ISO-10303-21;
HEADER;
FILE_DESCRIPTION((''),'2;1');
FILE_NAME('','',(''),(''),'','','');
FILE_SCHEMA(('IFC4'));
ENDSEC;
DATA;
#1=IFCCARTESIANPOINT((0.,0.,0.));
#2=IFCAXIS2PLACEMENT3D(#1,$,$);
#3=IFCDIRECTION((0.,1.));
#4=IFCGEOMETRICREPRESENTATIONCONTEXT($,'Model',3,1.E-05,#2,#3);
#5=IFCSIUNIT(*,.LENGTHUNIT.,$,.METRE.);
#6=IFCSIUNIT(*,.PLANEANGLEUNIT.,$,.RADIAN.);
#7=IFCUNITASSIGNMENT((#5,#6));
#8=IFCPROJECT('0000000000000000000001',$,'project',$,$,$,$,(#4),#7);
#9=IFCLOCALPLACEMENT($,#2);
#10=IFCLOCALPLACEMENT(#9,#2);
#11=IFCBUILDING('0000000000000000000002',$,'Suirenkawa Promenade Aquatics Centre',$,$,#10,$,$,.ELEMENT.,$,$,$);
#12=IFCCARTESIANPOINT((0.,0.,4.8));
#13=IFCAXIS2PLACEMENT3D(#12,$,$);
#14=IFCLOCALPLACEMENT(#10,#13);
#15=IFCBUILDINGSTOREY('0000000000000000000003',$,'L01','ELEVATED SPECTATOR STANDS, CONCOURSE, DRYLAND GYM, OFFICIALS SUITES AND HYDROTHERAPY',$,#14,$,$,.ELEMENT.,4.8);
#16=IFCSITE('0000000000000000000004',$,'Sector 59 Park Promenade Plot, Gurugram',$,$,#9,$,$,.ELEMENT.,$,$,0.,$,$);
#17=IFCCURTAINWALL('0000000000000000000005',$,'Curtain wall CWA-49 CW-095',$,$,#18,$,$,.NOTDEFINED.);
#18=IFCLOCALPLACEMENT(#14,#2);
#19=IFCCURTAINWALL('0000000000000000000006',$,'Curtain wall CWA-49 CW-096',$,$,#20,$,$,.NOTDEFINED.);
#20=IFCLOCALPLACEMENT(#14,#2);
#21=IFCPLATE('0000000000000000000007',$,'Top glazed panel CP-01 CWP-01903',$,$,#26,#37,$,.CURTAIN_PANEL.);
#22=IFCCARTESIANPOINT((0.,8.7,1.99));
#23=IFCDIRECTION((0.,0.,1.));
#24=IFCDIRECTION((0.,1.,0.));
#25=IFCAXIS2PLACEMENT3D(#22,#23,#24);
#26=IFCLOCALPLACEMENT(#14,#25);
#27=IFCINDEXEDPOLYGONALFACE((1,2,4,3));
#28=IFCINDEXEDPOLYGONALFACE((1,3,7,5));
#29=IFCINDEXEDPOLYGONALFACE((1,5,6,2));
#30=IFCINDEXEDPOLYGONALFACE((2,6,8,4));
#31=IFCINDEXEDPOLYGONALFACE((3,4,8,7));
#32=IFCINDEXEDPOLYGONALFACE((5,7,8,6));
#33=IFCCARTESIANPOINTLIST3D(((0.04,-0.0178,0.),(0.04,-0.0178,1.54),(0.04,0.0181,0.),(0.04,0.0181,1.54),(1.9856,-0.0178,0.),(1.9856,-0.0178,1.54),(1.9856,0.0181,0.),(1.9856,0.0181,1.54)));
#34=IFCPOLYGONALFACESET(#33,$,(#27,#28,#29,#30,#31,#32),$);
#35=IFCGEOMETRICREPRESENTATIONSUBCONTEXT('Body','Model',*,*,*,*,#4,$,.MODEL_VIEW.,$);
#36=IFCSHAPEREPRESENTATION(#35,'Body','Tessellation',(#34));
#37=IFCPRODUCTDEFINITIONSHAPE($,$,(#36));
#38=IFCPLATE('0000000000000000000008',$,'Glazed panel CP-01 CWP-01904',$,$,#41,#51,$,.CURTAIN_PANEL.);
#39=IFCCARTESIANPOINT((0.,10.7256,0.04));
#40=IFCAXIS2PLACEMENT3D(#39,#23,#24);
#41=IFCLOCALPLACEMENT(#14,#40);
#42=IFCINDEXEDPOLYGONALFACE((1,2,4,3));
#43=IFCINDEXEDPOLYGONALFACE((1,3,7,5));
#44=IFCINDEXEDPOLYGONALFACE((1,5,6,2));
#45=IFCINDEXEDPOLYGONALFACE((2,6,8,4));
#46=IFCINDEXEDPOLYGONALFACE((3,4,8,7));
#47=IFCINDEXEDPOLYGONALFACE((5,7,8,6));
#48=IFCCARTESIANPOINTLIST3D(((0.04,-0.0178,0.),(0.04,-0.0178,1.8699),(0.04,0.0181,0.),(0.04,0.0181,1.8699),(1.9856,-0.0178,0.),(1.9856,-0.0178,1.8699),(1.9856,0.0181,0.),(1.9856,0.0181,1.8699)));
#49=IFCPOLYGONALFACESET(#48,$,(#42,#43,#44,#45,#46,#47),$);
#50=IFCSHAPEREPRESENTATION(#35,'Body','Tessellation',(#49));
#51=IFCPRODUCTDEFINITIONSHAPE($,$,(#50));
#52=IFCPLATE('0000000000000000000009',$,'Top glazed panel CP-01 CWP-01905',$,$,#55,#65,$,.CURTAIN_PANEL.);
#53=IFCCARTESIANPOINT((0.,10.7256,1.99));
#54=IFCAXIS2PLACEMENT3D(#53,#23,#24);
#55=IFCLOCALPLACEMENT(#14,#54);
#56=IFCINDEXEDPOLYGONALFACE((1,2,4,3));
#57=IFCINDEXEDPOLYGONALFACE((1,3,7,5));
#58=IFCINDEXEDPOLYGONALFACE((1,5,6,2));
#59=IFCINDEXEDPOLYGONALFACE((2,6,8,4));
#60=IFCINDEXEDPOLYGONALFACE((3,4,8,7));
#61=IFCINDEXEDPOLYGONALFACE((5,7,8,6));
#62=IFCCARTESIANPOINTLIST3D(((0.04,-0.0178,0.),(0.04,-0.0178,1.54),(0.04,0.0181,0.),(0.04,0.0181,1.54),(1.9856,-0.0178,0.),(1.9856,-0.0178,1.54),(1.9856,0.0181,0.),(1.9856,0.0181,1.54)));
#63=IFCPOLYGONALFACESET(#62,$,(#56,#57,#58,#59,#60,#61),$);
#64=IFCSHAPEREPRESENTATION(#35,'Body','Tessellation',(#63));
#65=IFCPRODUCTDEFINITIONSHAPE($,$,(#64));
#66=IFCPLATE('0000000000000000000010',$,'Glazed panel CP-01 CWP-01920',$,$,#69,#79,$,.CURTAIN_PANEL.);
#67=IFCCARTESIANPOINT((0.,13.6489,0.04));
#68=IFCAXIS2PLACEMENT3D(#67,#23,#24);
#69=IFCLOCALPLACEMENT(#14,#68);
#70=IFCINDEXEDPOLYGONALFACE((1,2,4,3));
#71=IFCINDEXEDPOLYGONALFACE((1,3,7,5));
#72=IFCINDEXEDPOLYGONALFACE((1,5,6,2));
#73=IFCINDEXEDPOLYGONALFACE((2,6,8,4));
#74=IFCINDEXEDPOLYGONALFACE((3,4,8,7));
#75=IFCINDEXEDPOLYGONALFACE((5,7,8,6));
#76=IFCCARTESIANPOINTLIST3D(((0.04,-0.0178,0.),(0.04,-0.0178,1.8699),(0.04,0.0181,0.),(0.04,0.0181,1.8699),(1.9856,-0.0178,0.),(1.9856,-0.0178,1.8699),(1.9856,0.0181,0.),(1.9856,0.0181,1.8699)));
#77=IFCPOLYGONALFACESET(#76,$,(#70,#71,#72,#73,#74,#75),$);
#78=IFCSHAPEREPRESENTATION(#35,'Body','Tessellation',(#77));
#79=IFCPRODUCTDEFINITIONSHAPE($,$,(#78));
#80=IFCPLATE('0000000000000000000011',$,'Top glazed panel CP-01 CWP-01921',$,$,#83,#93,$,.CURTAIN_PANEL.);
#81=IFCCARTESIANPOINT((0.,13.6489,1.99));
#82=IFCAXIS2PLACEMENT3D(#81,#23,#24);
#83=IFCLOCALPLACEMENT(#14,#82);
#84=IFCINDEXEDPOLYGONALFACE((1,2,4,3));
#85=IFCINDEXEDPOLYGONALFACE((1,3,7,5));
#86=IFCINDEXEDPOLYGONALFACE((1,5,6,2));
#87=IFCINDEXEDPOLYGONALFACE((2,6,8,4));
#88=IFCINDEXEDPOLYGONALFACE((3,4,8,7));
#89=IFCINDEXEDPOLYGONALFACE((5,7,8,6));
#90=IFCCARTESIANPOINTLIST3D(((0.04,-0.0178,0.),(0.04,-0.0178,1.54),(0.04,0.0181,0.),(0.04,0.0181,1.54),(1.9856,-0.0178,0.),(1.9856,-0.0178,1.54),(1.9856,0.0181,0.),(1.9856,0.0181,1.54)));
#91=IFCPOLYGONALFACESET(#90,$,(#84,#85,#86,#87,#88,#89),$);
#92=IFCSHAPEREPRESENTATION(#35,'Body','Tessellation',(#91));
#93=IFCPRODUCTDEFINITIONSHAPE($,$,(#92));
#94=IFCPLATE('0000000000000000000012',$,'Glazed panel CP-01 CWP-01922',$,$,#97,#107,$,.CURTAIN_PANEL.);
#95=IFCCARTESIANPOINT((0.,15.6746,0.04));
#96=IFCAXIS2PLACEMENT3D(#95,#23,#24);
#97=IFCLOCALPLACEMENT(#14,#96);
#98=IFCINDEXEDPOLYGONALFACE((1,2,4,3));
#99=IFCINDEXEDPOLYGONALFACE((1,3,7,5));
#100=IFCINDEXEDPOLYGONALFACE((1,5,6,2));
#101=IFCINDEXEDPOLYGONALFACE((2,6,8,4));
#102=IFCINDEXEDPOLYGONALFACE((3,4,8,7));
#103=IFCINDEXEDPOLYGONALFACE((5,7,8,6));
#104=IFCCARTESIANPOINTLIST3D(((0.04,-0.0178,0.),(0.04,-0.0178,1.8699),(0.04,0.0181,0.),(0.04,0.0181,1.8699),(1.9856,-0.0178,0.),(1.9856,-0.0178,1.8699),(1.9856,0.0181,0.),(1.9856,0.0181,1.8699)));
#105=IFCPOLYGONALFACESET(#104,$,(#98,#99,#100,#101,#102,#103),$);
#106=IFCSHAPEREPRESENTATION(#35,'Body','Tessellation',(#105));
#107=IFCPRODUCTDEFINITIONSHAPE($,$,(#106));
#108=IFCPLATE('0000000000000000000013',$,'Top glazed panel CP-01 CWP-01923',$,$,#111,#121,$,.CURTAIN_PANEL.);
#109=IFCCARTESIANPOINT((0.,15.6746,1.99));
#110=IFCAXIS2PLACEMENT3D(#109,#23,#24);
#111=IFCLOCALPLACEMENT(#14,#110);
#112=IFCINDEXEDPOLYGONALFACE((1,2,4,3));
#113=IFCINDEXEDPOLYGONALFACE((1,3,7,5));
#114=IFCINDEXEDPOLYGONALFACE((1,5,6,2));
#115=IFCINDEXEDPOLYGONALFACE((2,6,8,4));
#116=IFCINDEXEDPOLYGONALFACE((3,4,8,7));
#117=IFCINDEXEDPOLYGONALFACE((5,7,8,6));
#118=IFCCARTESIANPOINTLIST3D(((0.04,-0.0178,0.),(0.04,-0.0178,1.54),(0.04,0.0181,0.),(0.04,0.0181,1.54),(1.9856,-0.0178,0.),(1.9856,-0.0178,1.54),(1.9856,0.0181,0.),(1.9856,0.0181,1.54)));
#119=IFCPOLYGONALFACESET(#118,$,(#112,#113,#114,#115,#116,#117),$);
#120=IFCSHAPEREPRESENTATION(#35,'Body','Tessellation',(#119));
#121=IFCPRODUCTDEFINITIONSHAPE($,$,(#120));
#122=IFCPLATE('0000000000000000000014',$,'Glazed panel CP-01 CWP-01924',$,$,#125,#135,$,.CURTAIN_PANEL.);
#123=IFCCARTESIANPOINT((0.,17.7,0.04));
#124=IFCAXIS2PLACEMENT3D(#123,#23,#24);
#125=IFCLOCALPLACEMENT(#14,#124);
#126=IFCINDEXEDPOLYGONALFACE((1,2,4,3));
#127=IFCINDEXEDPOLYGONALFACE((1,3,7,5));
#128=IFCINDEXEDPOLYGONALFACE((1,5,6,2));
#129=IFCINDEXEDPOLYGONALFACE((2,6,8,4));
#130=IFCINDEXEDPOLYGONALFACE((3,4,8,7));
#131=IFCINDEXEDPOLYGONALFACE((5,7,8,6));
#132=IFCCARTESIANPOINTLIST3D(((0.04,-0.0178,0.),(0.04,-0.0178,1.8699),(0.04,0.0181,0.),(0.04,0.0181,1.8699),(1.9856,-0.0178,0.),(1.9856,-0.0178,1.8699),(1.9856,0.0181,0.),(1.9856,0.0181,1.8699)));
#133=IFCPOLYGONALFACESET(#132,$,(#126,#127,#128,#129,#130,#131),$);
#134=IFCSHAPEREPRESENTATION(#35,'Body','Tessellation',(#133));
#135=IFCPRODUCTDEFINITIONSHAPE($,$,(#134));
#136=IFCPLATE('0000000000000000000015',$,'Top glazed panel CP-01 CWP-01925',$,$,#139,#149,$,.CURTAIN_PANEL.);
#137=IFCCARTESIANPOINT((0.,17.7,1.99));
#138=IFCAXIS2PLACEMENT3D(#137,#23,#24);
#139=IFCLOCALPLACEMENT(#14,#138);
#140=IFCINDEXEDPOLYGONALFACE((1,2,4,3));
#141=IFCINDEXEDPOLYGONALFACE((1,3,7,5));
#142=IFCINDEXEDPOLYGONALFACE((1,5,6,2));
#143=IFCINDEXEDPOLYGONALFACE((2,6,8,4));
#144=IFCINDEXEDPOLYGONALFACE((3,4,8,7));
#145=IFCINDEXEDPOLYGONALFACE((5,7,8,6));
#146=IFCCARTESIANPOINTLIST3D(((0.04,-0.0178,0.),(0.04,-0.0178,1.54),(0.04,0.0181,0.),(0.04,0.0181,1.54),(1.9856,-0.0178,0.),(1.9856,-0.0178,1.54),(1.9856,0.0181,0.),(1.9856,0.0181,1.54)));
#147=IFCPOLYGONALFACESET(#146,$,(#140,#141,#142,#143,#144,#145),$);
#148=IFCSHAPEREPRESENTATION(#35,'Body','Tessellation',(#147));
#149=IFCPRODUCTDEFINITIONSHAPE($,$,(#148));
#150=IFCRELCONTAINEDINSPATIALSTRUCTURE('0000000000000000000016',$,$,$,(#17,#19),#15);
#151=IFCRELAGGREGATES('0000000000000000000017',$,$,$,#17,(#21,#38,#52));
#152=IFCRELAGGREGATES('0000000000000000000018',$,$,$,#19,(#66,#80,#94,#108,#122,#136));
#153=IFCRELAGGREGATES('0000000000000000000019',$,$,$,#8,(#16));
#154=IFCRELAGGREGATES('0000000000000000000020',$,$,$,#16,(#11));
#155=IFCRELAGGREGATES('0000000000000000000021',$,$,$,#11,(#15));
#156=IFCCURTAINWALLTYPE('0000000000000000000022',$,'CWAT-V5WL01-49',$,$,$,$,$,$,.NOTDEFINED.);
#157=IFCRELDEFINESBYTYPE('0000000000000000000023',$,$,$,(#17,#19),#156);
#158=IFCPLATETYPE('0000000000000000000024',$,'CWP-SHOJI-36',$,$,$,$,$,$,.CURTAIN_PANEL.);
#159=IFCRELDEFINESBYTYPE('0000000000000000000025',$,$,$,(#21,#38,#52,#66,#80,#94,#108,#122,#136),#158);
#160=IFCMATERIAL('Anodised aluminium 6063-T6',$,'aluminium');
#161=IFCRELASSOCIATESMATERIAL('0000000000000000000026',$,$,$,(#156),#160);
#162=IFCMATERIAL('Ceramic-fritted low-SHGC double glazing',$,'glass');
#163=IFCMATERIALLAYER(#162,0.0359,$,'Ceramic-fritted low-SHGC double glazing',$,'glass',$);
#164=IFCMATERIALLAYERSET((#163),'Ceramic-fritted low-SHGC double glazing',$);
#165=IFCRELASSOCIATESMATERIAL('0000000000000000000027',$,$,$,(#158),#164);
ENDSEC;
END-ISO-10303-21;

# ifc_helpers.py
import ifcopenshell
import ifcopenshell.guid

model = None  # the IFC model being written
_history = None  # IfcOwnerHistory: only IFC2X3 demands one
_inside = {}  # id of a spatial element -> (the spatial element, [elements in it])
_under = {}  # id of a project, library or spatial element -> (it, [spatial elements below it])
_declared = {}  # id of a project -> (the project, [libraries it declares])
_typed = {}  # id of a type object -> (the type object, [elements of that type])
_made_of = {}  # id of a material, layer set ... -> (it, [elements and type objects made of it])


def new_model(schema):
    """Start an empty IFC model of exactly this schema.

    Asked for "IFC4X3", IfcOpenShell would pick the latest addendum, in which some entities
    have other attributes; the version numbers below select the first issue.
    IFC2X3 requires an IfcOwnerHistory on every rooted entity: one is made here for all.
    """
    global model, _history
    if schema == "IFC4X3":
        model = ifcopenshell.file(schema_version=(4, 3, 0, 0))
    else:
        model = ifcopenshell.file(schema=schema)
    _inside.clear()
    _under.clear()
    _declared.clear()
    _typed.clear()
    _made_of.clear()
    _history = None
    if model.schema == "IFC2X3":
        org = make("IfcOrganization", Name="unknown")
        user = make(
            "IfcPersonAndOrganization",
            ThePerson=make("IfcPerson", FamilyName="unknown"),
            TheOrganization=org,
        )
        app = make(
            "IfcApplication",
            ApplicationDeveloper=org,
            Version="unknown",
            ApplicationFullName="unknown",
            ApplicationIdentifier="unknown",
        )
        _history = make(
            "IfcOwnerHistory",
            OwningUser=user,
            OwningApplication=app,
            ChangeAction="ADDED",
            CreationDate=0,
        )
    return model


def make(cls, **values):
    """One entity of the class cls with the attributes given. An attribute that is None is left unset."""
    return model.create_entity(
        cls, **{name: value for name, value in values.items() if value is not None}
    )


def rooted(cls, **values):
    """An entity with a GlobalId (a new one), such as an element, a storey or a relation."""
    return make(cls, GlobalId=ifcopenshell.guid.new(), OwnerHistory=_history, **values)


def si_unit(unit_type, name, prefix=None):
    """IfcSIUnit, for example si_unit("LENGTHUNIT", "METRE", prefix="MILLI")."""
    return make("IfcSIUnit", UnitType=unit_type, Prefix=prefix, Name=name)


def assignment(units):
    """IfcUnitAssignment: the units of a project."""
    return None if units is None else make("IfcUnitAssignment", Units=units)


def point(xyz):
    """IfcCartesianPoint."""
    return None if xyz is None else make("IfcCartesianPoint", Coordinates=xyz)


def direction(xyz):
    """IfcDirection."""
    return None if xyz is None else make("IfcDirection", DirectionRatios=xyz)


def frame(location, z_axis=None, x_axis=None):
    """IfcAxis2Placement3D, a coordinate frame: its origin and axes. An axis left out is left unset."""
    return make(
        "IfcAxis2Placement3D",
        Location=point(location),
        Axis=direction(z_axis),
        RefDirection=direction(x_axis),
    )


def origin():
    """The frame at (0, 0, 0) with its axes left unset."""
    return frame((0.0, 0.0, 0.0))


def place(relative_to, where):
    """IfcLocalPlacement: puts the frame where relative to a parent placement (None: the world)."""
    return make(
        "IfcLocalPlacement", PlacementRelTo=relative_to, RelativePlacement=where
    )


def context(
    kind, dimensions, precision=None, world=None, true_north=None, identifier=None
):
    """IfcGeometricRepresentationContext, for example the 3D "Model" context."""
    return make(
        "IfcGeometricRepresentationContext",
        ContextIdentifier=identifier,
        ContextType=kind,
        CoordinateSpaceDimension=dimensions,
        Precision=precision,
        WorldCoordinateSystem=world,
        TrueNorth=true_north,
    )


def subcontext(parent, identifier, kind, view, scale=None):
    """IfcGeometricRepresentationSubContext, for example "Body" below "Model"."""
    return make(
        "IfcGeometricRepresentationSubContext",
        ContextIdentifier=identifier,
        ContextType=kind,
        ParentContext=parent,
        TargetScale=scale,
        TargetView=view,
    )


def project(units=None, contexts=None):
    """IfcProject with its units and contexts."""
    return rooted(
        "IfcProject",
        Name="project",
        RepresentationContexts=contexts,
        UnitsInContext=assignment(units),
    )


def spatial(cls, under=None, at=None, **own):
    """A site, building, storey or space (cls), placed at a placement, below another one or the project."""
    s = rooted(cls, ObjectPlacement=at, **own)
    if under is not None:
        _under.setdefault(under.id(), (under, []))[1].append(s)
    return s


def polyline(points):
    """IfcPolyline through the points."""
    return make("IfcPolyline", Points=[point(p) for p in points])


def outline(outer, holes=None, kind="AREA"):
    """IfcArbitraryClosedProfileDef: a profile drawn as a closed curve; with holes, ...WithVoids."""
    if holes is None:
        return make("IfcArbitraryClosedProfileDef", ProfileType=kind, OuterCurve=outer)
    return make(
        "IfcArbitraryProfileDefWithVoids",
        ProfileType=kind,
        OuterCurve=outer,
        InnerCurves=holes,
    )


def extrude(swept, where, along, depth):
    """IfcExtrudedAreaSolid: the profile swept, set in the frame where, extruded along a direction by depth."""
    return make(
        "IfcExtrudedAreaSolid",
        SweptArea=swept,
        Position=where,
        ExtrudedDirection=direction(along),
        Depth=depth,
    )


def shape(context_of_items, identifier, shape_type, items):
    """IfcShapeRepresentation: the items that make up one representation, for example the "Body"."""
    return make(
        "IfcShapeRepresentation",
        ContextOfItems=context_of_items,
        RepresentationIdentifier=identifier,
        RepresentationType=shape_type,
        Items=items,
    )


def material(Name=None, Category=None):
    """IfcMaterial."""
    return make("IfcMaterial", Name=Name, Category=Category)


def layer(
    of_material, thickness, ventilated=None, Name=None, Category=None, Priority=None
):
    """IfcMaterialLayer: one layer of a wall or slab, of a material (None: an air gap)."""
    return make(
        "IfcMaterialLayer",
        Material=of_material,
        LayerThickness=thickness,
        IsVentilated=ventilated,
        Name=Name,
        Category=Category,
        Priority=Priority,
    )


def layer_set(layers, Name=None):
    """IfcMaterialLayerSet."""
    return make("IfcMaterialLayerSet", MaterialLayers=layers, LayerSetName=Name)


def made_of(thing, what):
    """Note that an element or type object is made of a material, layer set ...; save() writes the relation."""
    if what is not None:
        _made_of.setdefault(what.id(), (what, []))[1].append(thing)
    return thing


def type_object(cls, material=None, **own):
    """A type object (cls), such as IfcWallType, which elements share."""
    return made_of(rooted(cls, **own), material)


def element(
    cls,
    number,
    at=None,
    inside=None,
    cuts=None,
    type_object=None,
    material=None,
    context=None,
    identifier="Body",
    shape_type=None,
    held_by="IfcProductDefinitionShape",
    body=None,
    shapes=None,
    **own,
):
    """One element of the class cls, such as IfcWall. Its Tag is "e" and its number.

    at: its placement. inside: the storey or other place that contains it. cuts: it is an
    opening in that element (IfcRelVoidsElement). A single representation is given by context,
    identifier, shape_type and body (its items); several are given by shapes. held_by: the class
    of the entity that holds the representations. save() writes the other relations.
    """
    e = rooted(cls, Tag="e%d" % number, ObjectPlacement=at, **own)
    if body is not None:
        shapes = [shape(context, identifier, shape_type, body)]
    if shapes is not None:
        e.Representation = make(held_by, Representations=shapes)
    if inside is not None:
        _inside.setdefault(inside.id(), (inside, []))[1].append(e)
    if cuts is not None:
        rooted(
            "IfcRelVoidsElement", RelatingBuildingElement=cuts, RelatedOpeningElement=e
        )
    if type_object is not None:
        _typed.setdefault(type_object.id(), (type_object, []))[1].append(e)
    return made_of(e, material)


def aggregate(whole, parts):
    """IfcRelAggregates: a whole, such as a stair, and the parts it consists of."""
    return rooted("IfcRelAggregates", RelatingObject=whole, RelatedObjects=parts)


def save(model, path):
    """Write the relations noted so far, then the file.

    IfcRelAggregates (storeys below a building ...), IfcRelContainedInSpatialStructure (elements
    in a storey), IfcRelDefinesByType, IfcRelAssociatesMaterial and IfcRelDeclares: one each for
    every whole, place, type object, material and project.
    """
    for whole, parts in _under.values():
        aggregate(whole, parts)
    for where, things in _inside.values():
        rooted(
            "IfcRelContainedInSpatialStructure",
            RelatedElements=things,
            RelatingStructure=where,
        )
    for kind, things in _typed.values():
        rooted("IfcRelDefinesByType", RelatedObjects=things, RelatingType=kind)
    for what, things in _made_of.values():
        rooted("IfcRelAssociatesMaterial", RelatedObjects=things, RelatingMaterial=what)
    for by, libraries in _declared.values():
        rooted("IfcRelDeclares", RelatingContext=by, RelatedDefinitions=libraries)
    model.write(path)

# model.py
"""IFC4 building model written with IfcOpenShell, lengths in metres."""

from ifc_helpers import new_model, si_unit, direction, frame, origin, place, context, subcontext, project, spatial, polyline, outline, extrude, material, layer, layer_set, type_object, element, aggregate, save


model = new_model("IFC4")

# Units and contexts
model_context = context("Model", 3, precision=1e-05, world=origin(), true_north=direction((0.0, 1.0)))
body_context = subcontext(model_context, "Body", "Model", "MODEL_VIEW")
ifc_project = project(units=[si_unit("LENGTHUNIT", "METRE"), si_unit("PLANEANGLEUNIT", "RADIAN")], contexts=[model_context])

# Site, building, storey
site_placement = place(None, origin())
site = spatial("IfcSite", under=ifc_project, at=site_placement, Name="Sector 59 Park Promenade Plot, Gurugram", CompositionType="ELEMENT", RefElevation=0.0)
building_placement = place(site_placement, origin())
building = spatial("IfcBuilding", under=site, at=building_placement, Name="Suirenkawa Promenade Aquatics Centre", CompositionType="ELEMENT")
storey_placement = place(building_placement, frame((0.0, 0.0, 4.8)))
storey = spatial("IfcBuildingStorey", under=building, at=storey_placement, Name="L01", Description="ELEVATED SPECTATOR STANDS, CONCOURSE, DRYLAND GYM, OFFICIALS SUITES AND HYDROTHERAPY", CompositionType="ELEMENT", Elevation=4.8)

# Curtain walls
ifc_material_1 = material(Name="Anodised aluminium 6063-T6", Category="aluminium")
curtain_wall_type = type_object("IfcCurtainWallType", Name="CWAT-V5WL01-49", PredefinedType="NOTDEFINED", material=ifc_material_1)
curtain_wall_1_placement = place(storey_placement, origin())
curtain_wall_1 = element("IfcCurtainWall", 1, at=curtain_wall_1_placement, inside=storey, type_object=curtain_wall_type, Name="Curtain wall CWA-49 CW-095", PredefinedType="NOTDEFINED")
curtain_wall_2_placement = place(storey_placement, origin())
curtain_wall_2 = element("IfcCurtainWall", 2, at=curtain_wall_2_placement, inside=storey, type_object=curtain_wall_type, Name="Curtain wall CWA-49 CW-096", PredefinedType="NOTDEFINED")

# Plates
ifc_material_2 = material(Name="Ceramic-fritted low-SHGC double glazing", Category="glass")
ifc_layer_1 = layer(ifc_material_2, 0.0359, Name="Ceramic-fritted low-SHGC double glazing", Category="glass")
ifc_layer_set_1 = layer_set([ifc_layer_1], Name="Ceramic-fritted low-SHGC double glazing")
plate_type = type_object("IfcPlateType", Name="CWP-SHOJI-36", PredefinedType="CURTAIN_PANEL", material=ifc_layer_set_1)
plate_1_placement = place(storey_placement, frame((0.0, 8.7, 1.99), z_axis=(0.0, 0.0, 1.0), x_axis=(0.0, 1.0, 0.0)))
plate_1 = element("IfcPlate", 3, at=plate_1_placement, type_object=plate_type, Name="Top glazed panel CP-01 CWP-01903", PredefinedType="CURTAIN_PANEL", context=body_context, shape_type="SweptSolid", body=[
    extrude(outline(polyline([(0.04, 0.0), (1.9856, 0.0), (1.9856, 1.54), (0.04, 1.54), (0.04, 0.0)])), frame((0.0, 0.0181, 0.0), z_axis=(0.0, -1.0, 0.0), x_axis=(1.0, 0.0, 0.0)), (0.0, 0.0, 1.0), 0.0359),
])
plate_2_placement = place(storey_placement, frame((0.0, 10.7256, 0.04), z_axis=(0.0, 0.0, 1.0), x_axis=(0.0, 1.0, 0.0)))
plate_2 = element("IfcPlate", 4, at=plate_2_placement, type_object=plate_type, Name="Glazed panel CP-01 CWP-01904", PredefinedType="CURTAIN_PANEL", context=body_context, shape_type="SweptSolid", body=[
    extrude(outline(polyline([(0.04, 0.0), (1.9856, 0.0), (1.9856, 1.8699), (0.04, 1.8699), (0.04, 0.0)])), frame((0.0, 0.0181, 0.0), z_axis=(0.0, -1.0, 0.0), x_axis=(1.0, 0.0, 0.0)), (0.0, 0.0, 1.0), 0.0359),
])
plate_3_placement = place(storey_placement, frame((0.0, 10.7256, 1.99), z_axis=(0.0, 0.0, 1.0), x_axis=(0.0, 1.0, 0.0)))
plate_3 = element("IfcPlate", 5, at=plate_3_placement, type_object=plate_type, Name="Top glazed panel CP-01 CWP-01905", PredefinedType="CURTAIN_PANEL", context=body_context, shape_type="SweptSolid", body=[
    extrude(outline(polyline([(0.04, 0.0), (1.9856, 0.0), (1.9856, 1.54), (0.04, 1.54), (0.04, 0.0)])), frame((0.0, 0.0181, 0.0), z_axis=(0.0, -1.0, 0.0), x_axis=(1.0, 0.0, 0.0)), (0.0, 0.0, 1.0), 0.0359),
])
aggregate(curtain_wall_1, [plate_1, plate_2, plate_3])
plate_4_placement = place(storey_placement, frame((0.0, 13.6489, 0.04), z_axis=(0.0, 0.0, 1.0), x_axis=(0.0, 1.0, 0.0)))
plate_4 = element("IfcPlate", 6, at=plate_4_placement, type_object=plate_type, Name="Glazed panel CP-01 CWP-01920", PredefinedType="CURTAIN_PANEL", context=body_context, shape_type="SweptSolid", body=[
    extrude(outline(polyline([(0.04, 0.0), (1.9856, 0.0), (1.9856, 1.8699), (0.04, 1.8699), (0.04, 0.0)])), frame((0.0, 0.0181, 0.0), z_axis=(0.0, -1.0, 0.0), x_axis=(1.0, 0.0, 0.0)), (0.0, 0.0, 1.0), 0.0359),
])
plate_5_placement = place(storey_placement, frame((0.0, 13.6489, 1.99), z_axis=(0.0, 0.0, 1.0), x_axis=(0.0, 1.0, 0.0)))
plate_5 = element("IfcPlate", 7, at=plate_5_placement, type_object=plate_type, Name="Top glazed panel CP-01 CWP-01921", PredefinedType="CURTAIN_PANEL", context=body_context, shape_type="SweptSolid", body=[
    extrude(outline(polyline([(0.04, 0.0), (1.9856, 0.0), (1.9856, 1.54), (0.04, 1.54), (0.04, 0.0)])), frame((0.0, 0.0181, 0.0), z_axis=(0.0, -1.0, 0.0), x_axis=(1.0, 0.0, 0.0)), (0.0, 0.0, 1.0), 0.0359),
])
plate_6_placement = place(storey_placement, frame((0.0, 15.6746, 0.04), z_axis=(0.0, 0.0, 1.0), x_axis=(0.0, 1.0, 0.0)))
plate_6 = element("IfcPlate", 8, at=plate_6_placement, type_object=plate_type, Name="Glazed panel CP-01 CWP-01922", PredefinedType="CURTAIN_PANEL", context=body_context, shape_type="SweptSolid", body=[
    extrude(outline(polyline([(0.04, 0.0), (1.9856, 0.0), (1.9856, 1.8699), (0.04, 1.8699), (0.04, 0.0)])), frame((0.0, 0.0181, 0.0), z_axis=(0.0, -1.0, 0.0), x_axis=(1.0, 0.0, 0.0)), (0.0, 0.0, 1.0), 0.0359),
])
plate_7_placement = place(storey_placement, frame((0.0, 15.6746, 1.99), z_axis=(0.0, 0.0, 1.0), x_axis=(0.0, 1.0, 0.0)))
plate_7 = element("IfcPlate", 9, at=plate_7_placement, type_object=plate_type, Name="Top glazed panel CP-01 CWP-01923", PredefinedType="CURTAIN_PANEL", context=body_context, shape_type="SweptSolid", body=[
    extrude(outline(polyline([(0.04, 0.0), (1.9856, 0.0), (1.9856, 1.54), (0.04, 1.54), (0.04, 0.0)])), frame((0.0, 0.0181, 0.0), z_axis=(0.0, -1.0, 0.0), x_axis=(1.0, 0.0, 0.0)), (0.0, 0.0, 1.0), 0.0359),
])
plate_8_placement = place(storey_placement, frame((0.0, 17.7, 0.04), z_axis=(0.0, 0.0, 1.0), x_axis=(0.0, 1.0, 0.0)))
plate_8 = element("IfcPlate", 10, at=plate_8_placement, type_object=plate_type, Name="Glazed panel CP-01 CWP-01924", PredefinedType="CURTAIN_PANEL", context=body_context, shape_type="SweptSolid", body=[
    extrude(outline(polyline([(0.04, 0.0), (1.9856, 0.0), (1.9856, 1.8699), (0.04, 1.8699), (0.04, 0.0)])), frame((0.0, 0.0181, 0.0), z_axis=(0.0, -1.0, 0.0), x_axis=(1.0, 0.0, 0.0)), (0.0, 0.0, 1.0), 0.0359),
])
plate_9_placement = place(storey_placement, frame((0.0, 17.7, 1.99), z_axis=(0.0, 0.0, 1.0), x_axis=(0.0, 1.0, 0.0)))
plate_9 = element("IfcPlate", 11, at=plate_9_placement, type_object=plate_type, Name="Top glazed panel CP-01 CWP-01925", PredefinedType="CURTAIN_PANEL", context=body_context, shape_type="SweptSolid", body=[
    extrude(outline(polyline([(0.04, 0.0), (1.9856, 0.0), (1.9856, 1.54), (0.04, 1.54), (0.04, 0.0)])), frame((0.0, 0.0181, 0.0), z_axis=(0.0, -1.0, 0.0), x_axis=(1.0, 0.0, 0.0)), (0.0, 0.0, 1.0), 0.0359),
])
aggregate(curtain_wall_2, [plate_4, plate_5, plate_6, plate_7, plate_8, plate_9])

save(model, "model.ifc")
